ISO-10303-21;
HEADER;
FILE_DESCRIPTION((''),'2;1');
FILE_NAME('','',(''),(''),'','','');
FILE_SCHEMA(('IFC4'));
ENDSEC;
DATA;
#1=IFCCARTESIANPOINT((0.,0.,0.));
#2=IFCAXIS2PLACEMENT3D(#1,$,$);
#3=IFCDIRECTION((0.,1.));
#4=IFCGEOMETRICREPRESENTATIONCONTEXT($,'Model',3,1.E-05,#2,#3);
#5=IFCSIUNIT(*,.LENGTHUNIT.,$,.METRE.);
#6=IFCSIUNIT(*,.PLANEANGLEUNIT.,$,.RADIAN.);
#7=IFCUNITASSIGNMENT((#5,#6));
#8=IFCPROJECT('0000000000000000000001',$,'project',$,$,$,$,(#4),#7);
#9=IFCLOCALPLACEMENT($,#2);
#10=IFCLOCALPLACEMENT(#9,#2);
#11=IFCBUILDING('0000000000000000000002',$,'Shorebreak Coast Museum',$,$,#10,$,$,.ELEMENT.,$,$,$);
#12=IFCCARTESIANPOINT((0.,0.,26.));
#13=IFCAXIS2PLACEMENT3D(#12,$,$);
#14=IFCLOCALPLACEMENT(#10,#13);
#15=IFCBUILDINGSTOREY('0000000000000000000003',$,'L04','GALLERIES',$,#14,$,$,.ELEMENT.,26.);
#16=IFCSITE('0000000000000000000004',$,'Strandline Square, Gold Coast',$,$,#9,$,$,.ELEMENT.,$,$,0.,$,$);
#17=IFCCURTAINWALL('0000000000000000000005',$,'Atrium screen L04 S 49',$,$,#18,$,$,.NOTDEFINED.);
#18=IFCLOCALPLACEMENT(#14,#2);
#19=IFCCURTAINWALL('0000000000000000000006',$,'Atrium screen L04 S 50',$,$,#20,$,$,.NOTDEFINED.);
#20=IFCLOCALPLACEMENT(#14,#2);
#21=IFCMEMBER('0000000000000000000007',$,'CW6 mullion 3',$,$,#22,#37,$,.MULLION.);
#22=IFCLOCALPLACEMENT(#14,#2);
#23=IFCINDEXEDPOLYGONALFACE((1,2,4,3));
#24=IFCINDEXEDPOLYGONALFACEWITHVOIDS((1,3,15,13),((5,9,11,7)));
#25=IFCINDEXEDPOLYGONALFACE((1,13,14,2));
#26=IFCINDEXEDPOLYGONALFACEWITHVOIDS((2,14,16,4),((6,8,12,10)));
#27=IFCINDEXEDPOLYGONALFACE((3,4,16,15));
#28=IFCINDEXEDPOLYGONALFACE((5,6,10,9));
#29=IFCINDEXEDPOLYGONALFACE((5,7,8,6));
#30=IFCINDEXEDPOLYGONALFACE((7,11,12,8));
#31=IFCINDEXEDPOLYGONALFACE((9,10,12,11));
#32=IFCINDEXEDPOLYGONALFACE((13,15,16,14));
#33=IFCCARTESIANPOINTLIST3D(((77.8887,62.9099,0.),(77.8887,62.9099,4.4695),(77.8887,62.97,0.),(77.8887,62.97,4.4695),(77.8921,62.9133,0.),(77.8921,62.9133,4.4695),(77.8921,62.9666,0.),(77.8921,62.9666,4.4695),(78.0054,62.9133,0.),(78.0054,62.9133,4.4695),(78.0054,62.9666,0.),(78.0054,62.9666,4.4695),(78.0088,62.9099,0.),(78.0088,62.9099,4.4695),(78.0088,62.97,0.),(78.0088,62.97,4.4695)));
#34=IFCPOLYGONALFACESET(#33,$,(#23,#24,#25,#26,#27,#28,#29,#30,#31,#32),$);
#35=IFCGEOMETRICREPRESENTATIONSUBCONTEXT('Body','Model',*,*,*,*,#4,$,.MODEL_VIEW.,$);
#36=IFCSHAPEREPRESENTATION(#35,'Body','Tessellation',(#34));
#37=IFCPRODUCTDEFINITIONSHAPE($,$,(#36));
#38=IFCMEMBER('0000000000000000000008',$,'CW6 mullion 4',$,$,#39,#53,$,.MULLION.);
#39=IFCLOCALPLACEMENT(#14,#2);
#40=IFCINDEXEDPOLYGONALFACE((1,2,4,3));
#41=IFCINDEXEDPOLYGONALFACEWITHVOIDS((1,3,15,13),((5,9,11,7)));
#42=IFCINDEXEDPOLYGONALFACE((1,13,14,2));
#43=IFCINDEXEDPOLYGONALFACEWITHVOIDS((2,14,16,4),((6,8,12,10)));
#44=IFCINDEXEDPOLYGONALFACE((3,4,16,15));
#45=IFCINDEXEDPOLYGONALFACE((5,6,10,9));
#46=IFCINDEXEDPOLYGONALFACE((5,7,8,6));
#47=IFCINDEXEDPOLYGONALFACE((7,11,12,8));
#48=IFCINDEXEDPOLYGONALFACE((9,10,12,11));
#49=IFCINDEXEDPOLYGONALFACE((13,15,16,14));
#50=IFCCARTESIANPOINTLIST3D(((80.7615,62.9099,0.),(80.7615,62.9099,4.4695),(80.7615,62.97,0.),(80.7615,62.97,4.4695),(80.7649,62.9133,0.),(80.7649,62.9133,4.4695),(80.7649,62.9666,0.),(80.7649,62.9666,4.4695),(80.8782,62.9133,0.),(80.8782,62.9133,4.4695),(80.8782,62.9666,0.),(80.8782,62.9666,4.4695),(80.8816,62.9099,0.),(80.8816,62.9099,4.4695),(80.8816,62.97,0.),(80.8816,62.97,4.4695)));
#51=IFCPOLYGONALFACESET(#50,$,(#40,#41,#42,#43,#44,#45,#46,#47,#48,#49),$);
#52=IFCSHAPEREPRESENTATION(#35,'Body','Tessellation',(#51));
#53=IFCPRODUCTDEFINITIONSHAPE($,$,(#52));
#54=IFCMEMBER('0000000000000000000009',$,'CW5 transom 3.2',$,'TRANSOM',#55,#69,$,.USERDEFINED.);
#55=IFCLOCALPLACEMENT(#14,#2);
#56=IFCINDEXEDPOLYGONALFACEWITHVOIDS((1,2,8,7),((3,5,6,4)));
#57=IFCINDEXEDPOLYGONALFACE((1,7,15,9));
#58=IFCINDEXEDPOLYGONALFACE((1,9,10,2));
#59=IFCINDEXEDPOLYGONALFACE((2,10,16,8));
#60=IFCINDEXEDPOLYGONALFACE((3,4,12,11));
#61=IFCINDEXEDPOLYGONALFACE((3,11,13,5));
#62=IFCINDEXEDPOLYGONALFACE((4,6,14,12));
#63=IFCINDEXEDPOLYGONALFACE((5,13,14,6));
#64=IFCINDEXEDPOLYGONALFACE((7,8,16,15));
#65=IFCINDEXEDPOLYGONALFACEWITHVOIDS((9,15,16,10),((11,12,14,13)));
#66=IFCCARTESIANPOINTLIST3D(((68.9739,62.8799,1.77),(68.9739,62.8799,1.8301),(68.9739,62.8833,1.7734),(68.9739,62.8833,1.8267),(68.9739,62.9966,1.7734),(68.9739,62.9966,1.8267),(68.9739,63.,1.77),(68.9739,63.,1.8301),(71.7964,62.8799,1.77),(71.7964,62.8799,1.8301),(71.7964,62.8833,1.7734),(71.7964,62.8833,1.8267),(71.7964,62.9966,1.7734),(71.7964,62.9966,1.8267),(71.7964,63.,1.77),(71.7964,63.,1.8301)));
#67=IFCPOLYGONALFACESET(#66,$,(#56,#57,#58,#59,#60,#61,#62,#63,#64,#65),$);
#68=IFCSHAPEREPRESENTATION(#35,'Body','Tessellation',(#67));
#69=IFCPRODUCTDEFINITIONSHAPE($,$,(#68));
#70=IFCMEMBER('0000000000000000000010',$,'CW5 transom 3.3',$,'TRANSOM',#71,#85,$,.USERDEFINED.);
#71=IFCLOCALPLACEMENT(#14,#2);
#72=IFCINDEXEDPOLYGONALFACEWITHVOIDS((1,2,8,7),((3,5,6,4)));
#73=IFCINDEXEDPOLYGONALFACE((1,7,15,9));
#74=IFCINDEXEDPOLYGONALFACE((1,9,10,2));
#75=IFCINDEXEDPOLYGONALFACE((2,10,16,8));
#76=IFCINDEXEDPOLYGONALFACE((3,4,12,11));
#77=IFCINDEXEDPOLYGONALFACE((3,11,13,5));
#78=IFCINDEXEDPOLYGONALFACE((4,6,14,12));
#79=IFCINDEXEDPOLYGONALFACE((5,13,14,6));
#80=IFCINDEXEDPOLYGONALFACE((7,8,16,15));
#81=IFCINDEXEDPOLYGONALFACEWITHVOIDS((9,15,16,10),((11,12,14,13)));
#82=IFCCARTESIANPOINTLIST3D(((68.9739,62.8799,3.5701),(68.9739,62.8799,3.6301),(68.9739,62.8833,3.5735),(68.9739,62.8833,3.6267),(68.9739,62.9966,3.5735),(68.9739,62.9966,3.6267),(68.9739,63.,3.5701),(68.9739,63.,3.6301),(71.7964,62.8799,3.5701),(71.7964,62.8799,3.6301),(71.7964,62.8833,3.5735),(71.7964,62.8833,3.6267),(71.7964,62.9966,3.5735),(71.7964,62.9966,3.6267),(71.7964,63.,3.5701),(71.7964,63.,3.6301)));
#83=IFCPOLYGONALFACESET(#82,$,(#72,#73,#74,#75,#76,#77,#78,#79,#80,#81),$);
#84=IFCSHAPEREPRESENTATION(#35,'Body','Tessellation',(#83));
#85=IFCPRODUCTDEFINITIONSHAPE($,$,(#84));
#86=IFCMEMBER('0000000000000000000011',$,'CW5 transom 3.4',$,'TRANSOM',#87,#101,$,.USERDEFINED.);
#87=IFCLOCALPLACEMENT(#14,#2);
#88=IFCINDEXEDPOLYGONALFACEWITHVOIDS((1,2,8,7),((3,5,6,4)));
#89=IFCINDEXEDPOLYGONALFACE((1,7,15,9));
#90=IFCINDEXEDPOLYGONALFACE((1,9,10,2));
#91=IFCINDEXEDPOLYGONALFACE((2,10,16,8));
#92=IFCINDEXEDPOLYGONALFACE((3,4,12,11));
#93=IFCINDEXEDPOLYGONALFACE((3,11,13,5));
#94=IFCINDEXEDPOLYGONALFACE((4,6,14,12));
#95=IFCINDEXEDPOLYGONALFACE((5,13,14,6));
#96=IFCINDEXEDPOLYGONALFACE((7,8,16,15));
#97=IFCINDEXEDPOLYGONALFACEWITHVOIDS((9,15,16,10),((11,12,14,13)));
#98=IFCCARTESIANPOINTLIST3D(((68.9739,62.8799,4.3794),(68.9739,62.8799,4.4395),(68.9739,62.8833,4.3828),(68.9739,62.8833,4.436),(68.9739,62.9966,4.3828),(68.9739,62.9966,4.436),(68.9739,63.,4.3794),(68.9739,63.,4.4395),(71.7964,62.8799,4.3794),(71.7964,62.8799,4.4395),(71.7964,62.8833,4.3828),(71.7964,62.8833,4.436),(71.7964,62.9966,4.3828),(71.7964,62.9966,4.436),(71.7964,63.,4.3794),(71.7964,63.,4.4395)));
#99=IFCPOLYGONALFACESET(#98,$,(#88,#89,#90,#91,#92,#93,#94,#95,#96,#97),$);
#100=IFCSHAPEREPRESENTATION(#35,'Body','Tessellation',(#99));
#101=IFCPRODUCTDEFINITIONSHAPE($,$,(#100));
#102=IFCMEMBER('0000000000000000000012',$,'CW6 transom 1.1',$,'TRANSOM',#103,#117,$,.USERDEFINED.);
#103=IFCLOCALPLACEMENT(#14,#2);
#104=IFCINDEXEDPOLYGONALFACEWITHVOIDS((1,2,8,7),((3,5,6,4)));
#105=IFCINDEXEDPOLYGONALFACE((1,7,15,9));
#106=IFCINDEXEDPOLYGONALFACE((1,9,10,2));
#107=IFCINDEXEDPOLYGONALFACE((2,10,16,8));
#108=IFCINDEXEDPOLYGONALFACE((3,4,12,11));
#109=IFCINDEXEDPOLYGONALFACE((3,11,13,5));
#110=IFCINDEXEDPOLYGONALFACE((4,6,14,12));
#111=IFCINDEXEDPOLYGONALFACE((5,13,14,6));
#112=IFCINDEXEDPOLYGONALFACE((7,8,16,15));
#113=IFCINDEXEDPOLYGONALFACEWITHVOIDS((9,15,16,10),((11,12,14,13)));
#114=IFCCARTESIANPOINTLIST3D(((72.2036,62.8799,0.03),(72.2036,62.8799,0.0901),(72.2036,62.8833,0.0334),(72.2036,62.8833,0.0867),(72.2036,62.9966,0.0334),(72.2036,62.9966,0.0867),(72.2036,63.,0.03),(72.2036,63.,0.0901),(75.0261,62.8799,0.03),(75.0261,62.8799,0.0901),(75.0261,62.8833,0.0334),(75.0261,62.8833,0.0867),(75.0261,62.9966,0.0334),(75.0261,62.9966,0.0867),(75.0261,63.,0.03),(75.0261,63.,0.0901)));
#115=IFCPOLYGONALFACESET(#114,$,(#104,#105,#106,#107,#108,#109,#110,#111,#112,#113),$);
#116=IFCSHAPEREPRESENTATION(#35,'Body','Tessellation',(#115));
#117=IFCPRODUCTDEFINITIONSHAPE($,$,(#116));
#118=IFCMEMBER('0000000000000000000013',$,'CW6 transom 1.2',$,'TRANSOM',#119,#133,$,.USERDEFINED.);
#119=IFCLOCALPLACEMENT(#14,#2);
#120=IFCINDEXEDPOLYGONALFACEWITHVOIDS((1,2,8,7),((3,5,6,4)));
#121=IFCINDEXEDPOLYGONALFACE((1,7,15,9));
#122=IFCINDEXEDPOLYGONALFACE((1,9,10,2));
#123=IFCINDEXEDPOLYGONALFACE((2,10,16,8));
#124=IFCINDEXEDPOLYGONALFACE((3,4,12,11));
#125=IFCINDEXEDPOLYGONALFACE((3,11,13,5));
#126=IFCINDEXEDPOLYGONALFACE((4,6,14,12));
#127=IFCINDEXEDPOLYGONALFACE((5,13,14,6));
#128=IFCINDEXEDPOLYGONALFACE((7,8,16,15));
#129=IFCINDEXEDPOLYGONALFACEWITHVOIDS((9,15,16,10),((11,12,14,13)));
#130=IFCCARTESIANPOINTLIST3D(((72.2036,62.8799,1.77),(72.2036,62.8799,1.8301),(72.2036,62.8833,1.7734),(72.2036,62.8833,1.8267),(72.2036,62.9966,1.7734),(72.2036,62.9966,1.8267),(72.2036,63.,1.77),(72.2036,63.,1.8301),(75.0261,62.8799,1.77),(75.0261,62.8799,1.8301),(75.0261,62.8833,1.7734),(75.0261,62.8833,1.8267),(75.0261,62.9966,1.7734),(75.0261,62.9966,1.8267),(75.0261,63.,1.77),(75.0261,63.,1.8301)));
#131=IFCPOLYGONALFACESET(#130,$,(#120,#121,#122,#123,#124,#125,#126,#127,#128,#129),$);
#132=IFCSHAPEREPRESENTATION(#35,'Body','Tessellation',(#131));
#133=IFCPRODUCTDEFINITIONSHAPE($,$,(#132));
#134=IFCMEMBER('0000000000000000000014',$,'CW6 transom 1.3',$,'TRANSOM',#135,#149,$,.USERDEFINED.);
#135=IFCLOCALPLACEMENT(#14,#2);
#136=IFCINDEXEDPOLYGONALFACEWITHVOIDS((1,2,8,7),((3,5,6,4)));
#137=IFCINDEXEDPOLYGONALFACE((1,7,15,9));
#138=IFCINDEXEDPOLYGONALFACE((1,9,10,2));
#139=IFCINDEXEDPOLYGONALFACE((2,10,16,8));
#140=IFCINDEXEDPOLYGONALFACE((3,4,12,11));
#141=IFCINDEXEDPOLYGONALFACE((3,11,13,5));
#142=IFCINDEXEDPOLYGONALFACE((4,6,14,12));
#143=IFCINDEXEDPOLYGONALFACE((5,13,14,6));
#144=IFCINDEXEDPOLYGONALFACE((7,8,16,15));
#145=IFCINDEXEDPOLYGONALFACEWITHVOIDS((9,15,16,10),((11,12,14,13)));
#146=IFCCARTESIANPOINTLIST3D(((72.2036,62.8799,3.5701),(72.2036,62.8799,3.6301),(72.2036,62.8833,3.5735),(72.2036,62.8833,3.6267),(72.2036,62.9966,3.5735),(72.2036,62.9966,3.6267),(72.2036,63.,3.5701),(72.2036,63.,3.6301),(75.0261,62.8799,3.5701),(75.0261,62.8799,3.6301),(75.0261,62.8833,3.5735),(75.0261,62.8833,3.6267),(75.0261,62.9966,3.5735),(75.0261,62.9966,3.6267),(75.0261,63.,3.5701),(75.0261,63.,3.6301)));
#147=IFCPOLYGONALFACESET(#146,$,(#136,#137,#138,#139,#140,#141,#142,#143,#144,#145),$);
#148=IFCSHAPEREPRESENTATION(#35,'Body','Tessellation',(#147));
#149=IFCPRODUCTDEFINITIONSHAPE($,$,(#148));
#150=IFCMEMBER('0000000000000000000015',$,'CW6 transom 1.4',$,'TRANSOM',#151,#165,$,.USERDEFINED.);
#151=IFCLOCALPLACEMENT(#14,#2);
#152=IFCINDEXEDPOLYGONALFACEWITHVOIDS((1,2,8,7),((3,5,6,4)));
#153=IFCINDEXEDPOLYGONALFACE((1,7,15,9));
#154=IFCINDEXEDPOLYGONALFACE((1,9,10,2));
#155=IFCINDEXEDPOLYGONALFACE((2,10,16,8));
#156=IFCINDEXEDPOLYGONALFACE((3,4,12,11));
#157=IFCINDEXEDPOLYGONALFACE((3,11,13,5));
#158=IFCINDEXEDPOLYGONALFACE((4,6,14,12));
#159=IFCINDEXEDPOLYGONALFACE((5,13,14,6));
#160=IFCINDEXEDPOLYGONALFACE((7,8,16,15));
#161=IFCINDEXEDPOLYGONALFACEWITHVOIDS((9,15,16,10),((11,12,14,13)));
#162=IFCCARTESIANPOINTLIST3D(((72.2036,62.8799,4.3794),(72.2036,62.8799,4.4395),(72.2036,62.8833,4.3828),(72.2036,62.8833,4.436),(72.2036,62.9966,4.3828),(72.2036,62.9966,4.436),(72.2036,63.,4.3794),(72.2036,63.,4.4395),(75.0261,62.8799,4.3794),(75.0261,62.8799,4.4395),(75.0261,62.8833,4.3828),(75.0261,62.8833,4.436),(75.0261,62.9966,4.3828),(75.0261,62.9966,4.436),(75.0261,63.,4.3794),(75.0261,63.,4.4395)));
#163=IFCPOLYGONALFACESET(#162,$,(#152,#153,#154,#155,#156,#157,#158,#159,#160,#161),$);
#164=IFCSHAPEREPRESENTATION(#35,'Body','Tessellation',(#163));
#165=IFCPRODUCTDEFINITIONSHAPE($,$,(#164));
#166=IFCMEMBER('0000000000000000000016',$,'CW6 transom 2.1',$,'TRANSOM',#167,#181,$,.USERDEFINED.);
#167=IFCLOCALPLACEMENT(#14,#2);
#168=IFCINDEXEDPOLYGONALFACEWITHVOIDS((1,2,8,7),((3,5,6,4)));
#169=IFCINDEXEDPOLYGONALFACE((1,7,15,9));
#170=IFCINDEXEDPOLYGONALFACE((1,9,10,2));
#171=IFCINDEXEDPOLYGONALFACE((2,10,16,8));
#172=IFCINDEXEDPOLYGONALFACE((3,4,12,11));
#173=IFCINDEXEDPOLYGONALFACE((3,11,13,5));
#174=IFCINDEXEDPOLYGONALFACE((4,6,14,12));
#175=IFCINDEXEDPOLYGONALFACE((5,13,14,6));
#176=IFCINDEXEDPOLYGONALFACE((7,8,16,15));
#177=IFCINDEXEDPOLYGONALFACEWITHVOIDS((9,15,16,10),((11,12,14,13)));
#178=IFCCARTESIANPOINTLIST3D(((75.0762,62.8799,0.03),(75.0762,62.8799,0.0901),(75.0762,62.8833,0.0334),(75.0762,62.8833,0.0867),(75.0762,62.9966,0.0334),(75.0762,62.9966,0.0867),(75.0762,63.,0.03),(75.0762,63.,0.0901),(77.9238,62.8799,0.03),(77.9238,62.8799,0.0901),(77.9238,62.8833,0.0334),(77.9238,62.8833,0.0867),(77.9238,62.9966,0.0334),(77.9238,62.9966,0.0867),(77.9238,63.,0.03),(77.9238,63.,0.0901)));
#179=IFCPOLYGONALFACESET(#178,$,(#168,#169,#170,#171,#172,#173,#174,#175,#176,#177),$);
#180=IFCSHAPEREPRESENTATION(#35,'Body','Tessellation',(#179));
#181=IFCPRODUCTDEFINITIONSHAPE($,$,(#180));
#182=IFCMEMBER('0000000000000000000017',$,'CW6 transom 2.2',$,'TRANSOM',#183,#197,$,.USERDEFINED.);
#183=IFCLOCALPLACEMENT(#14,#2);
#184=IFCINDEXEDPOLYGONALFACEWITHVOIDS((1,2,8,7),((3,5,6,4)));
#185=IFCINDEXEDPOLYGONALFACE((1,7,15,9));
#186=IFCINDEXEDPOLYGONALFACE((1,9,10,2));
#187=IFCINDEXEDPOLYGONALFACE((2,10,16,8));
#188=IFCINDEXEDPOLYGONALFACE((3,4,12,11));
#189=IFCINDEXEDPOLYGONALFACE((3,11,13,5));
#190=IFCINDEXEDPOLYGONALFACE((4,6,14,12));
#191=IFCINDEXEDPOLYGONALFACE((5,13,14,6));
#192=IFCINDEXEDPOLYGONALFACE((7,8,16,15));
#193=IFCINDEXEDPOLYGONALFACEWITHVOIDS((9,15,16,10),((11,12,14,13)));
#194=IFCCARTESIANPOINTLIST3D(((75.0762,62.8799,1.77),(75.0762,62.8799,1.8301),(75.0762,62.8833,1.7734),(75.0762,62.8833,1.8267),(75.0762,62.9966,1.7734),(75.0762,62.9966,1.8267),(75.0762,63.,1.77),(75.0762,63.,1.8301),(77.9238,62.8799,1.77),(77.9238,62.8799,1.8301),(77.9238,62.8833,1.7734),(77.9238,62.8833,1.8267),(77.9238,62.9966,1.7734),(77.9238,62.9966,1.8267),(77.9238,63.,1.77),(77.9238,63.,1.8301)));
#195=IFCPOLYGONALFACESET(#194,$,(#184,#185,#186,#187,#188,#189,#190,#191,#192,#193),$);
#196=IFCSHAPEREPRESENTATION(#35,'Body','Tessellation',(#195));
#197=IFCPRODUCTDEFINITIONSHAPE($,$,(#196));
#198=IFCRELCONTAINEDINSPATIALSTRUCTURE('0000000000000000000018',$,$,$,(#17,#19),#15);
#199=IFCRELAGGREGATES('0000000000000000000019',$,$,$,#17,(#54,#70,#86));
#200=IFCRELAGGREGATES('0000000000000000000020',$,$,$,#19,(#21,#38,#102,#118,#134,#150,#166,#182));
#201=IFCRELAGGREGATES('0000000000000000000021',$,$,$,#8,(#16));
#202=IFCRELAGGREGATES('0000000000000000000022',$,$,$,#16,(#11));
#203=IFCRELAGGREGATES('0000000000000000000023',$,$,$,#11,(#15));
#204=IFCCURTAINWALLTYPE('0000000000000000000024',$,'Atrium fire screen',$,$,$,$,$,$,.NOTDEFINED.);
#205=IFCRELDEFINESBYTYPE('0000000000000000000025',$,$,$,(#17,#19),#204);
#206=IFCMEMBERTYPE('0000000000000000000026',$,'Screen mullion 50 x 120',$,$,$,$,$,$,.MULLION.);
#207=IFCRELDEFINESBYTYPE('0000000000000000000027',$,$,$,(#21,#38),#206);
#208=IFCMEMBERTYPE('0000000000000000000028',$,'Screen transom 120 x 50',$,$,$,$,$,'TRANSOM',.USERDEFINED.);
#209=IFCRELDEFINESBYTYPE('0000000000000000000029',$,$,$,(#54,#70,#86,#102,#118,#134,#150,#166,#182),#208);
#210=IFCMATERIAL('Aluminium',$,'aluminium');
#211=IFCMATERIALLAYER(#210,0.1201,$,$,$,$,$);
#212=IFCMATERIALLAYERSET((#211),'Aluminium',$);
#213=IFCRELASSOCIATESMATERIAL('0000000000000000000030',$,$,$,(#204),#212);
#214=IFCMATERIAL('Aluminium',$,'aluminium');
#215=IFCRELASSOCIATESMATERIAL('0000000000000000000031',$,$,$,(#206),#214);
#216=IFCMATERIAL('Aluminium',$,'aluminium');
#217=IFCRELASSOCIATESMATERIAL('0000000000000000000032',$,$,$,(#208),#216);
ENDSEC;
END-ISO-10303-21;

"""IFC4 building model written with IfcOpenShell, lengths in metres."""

from ifc_helpers import new_model, si_unit, direction, frame, origin, origin_2d, place, context, subcontext, project, spatial, hollow_rectangle, extrude, material, layer, layer_set, material_profile, profile_set, type_object, element, aggregate, save


model = new_model("IFC4")

# Units and contexts
model_context = context("Model", 3, precision=1e-05, world=origin(), true_north=direction((0.0, 1.0)))
body_context = subcontext(model_context, "Body", "Model", "MODEL_VIEW")
ifc_project = project(units=[si_unit("LENGTHUNIT", "METRE"), si_unit("PLANEANGLEUNIT", "RADIAN")], contexts=[model_context])

# Site, building, storey
site_placement = place(None, origin())
site = spatial("IfcSite", under=ifc_project, at=site_placement, Name="Strandline Square, Gold Coast", CompositionType="ELEMENT", RefElevation=0.0)
building_placement = place(site_placement, origin())
building = spatial("IfcBuilding", under=site, at=building_placement, Name="Shorebreak Coast Museum", CompositionType="ELEMENT")
storey_placement = place(building_placement, frame((0.0, 0.0, 26.0)))
storey = spatial("IfcBuildingStorey", under=building, at=storey_placement, Name="L04", Description="GALLERIES", CompositionType="ELEMENT", Elevation=26.0)

# Curtain wall
ifc_material_1 = material(Name="Aluminium", Category="aluminium")
ifc_layer_1 = layer(ifc_material_1, 0.1201)
ifc_layer_set_1 = layer_set([ifc_layer_1], Name="Aluminium")
curtain_wall_type = type_object("IfcCurtainWallType", Name="Atrium fire screen", PredefinedType="NOTDEFINED", material=ifc_layer_set_1)
curtain_wall_1_placement = place(storey_placement, origin())
curtain_wall_1 = element("IfcCurtainWall", 1, at=curtain_wall_1_placement, inside=storey, type_object=curtain_wall_type, Name="Atrium screen L04 S 49", PredefinedType="NOTDEFINED")
ifc_material_2 = material(Name="Aluminium", Category="aluminium")
ifc_material_profile_1 = material_profile(ifc_material_2, hollow_rectangle(XDim=0.0601, YDim=0.1201, WallThickness=0.0034, at=origin_2d()), Name="AL 120x60 RHS")
ifc_profile_set_1 = profile_set([ifc_material_profile_1], Name="Aluminium")
member_type_1 = type_object("IfcMemberType", Name="Screen mullion 50 x 120", PredefinedType="MULLION", material=ifc_profile_set_1)

# Curtain wall, members
curtain_wall_2_placement = place(storey_placement, origin())
curtain_wall_2 = element("IfcCurtainWall", 2, at=curtain_wall_2_placement, inside=storey, type_object=curtain_wall_type, Name="Atrium screen L04 S 50", PredefinedType="NOTDEFINED")
member_1_placement = place(storey_placement, frame((77.9487, 62.9399, 0.0), z_axis=(0.0, 0.0, 1.0), x_axis=(0.0, 1.0, 0.0)))
member_1 = element("IfcMember", 3, at=member_1_placement, type_object=member_type_1, Name="CW6 mullion 3", PredefinedType="MULLION", context=body_context, shape_type="SweptSolid", body=[
    extrude(hollow_rectangle(XDim=0.0601, YDim=0.1201, WallThickness=0.0034, at=origin_2d()), origin(), (0.0, 0.0, 1.0), 4.4695),
])
member_2_placement = place(storey_placement, frame((80.8215, 62.9399, 0.0), z_axis=(0.0, 0.0, 1.0), x_axis=(0.0, 1.0, 0.0)))
member_2 = element("IfcMember", 4, at=member_2_placement, type_object=member_type_1, Name="CW6 mullion 4", PredefinedType="MULLION", context=body_context, shape_type="SweptSolid", body=[
    extrude(hollow_rectangle(XDim=0.0601, YDim=0.1201, WallThickness=0.0034, at=origin_2d()), origin(), (0.0, 0.0, 1.0), 4.4695),
])

# Members
ifc_material_3 = material(Name="Aluminium", Category="aluminium")
ifc_material_profile_2 = material_profile(ifc_material_3, hollow_rectangle(XDim=0.1201, YDim=0.0601, WallThickness=0.0034, at=origin_2d()), Name="AL 60x120 RHS")
ifc_profile_set_2 = profile_set([ifc_material_profile_2], Name="Aluminium")
member_type_2 = type_object("IfcMemberType", Name="Screen transom 120 x 50", ElementType="TRANSOM", PredefinedType="USERDEFINED", material=ifc_profile_set_2)
member_3_placement = place(storey_placement, frame((68.9739, 62.9399, 1.8), z_axis=(1.0, 0.0, 0.0), x_axis=(0.0, 1.0, 0.0)))
member_3 = element("IfcMember", 5, at=member_3_placement, type_object=member_type_2, Name="CW5 transom 3.2", ObjectType="TRANSOM", PredefinedType="USERDEFINED", context=body_context, shape_type="SweptSolid", body=[
    extrude(hollow_rectangle(XDim=0.1201, YDim=0.0601, WallThickness=0.0034, at=origin_2d()), origin(), (0.0, 0.0, 1.0), 2.8225),
])
member_4_placement = place(storey_placement, frame((68.9739, 62.9399, 3.6001), z_axis=(1.0, 0.0, 0.0), x_axis=(0.0, 1.0, 0.0)))
member_4 = element("IfcMember", 6, at=member_4_placement, type_object=member_type_2, Name="CW5 transom 3.3", ObjectType="TRANSOM", PredefinedType="USERDEFINED", context=body_context, shape_type="SweptSolid", body=[
    extrude(hollow_rectangle(XDim=0.1201, YDim=0.0601, WallThickness=0.0034, at=origin_2d()), origin(), (0.0, 0.0, 1.0), 2.8225),
])
member_5_placement = place(storey_placement, frame((68.9739, 62.9399, 4.4094), z_axis=(1.0, 0.0, 0.0), x_axis=(0.0, 1.0, 0.0)))
member_5 = element("IfcMember", 7, at=member_5_placement, type_object=member_type_2, Name="CW5 transom 3.4", ObjectType="TRANSOM", PredefinedType="USERDEFINED", context=body_context, shape_type="SweptSolid", body=[
    extrude(hollow_rectangle(XDim=0.1201, YDim=0.0601, WallThickness=0.0034, at=origin_2d()), origin(), (0.0, 0.0, 1.0), 2.8225),
])
member_6_placement = place(storey_placement, frame((72.2036, 62.9399, 0.0601), z_axis=(1.0, 0.0, 0.0), x_axis=(0.0, 1.0, 0.0)))
member_6 = element("IfcMember", 8, at=member_6_placement, type_object=member_type_2, Name="CW6 transom 1.1", ObjectType="TRANSOM", PredefinedType="USERDEFINED", context=body_context, shape_type="SweptSolid", body=[
    extrude(hollow_rectangle(XDim=0.1201, YDim=0.0601, WallThickness=0.0034, at=origin_2d()), origin(), (0.0, 0.0, 1.0), 2.8225),
])
member_7_placement = place(storey_placement, frame((72.2036, 62.9399, 1.8), z_axis=(1.0, 0.0, 0.0), x_axis=(0.0, 1.0, 0.0)))
member_7 = element("IfcMember", 9, at=member_7_placement, type_object=member_type_2, Name="CW6 transom 1.2", ObjectType="TRANSOM", PredefinedType="USERDEFINED", context=body_context, shape_type="SweptSolid", body=[
    extrude(hollow_rectangle(XDim=0.1201, YDim=0.0601, WallThickness=0.0034, at=origin_2d()), origin(), (0.0, 0.0, 1.0), 2.8225),
])
member_8_placement = place(storey_placement, frame((72.2036, 62.9399, 3.6001), z_axis=(1.0, 0.0, 0.0), x_axis=(0.0, 1.0, 0.0)))
member_8 = element("IfcMember", 10, at=member_8_placement, type_object=member_type_2, Name="CW6 transom 1.3", ObjectType="TRANSOM", PredefinedType="USERDEFINED", context=body_context, shape_type="SweptSolid", body=[
    extrude(hollow_rectangle(XDim=0.1201, YDim=0.0601, WallThickness=0.0034, at=origin_2d()), origin(), (0.0, 0.0, 1.0), 2.8225),
])
member_9_placement = place(storey_placement, frame((72.2036, 62.9399, 4.4094), z_axis=(1.0, 0.0, 0.0), x_axis=(0.0, 1.0, 0.0)))
member_9 = element("IfcMember", 11, at=member_9_placement, type_object=member_type_2, Name="CW6 transom 1.4", ObjectType="TRANSOM", PredefinedType="USERDEFINED", context=body_context, shape_type="SweptSolid", body=[
    extrude(hollow_rectangle(XDim=0.1201, YDim=0.0601, WallThickness=0.0034, at=origin_2d()), origin(), (0.0, 0.0, 1.0), 2.8225),
])
member_10_placement = place(storey_placement, frame((75.0762, 62.9399, 0.0601), z_axis=(1.0, 0.0, 0.0), x_axis=(0.0, 1.0, 0.0)))
member_10 = element("IfcMember", 12, at=member_10_placement, type_object=member_type_2, Name="CW6 transom 2.1", ObjectType="TRANSOM", PredefinedType="USERDEFINED", context=body_context, shape_type="SweptSolid", body=[
    extrude(hollow_rectangle(XDim=0.1201, YDim=0.0601, WallThickness=0.0034, at=origin_2d()), origin(), (0.0, 0.0, 1.0), 2.8477),
])
member_11_placement = place(storey_placement, frame((75.0762, 62.9399, 1.8), z_axis=(1.0, 0.0, 0.0), x_axis=(0.0, 1.0, 0.0)))
member_11 = element("IfcMember", 13, at=member_11_placement, type_object=member_type_2, Name="CW6 transom 2.2", ObjectType="TRANSOM", PredefinedType="USERDEFINED", context=body_context, shape_type="SweptSolid", body=[
    extrude(hollow_rectangle(XDim=0.1201, YDim=0.0601, WallThickness=0.0034, at=origin_2d()), origin(), (0.0, 0.0, 1.0), 2.8477),
])

aggregate(curtain_wall_1, [member_3, member_4, member_5])
aggregate(curtain_wall_2, [member_1, member_2, member_6, member_7, member_8, member_9, member_10, member_11])

save(model, "model.ifc")
